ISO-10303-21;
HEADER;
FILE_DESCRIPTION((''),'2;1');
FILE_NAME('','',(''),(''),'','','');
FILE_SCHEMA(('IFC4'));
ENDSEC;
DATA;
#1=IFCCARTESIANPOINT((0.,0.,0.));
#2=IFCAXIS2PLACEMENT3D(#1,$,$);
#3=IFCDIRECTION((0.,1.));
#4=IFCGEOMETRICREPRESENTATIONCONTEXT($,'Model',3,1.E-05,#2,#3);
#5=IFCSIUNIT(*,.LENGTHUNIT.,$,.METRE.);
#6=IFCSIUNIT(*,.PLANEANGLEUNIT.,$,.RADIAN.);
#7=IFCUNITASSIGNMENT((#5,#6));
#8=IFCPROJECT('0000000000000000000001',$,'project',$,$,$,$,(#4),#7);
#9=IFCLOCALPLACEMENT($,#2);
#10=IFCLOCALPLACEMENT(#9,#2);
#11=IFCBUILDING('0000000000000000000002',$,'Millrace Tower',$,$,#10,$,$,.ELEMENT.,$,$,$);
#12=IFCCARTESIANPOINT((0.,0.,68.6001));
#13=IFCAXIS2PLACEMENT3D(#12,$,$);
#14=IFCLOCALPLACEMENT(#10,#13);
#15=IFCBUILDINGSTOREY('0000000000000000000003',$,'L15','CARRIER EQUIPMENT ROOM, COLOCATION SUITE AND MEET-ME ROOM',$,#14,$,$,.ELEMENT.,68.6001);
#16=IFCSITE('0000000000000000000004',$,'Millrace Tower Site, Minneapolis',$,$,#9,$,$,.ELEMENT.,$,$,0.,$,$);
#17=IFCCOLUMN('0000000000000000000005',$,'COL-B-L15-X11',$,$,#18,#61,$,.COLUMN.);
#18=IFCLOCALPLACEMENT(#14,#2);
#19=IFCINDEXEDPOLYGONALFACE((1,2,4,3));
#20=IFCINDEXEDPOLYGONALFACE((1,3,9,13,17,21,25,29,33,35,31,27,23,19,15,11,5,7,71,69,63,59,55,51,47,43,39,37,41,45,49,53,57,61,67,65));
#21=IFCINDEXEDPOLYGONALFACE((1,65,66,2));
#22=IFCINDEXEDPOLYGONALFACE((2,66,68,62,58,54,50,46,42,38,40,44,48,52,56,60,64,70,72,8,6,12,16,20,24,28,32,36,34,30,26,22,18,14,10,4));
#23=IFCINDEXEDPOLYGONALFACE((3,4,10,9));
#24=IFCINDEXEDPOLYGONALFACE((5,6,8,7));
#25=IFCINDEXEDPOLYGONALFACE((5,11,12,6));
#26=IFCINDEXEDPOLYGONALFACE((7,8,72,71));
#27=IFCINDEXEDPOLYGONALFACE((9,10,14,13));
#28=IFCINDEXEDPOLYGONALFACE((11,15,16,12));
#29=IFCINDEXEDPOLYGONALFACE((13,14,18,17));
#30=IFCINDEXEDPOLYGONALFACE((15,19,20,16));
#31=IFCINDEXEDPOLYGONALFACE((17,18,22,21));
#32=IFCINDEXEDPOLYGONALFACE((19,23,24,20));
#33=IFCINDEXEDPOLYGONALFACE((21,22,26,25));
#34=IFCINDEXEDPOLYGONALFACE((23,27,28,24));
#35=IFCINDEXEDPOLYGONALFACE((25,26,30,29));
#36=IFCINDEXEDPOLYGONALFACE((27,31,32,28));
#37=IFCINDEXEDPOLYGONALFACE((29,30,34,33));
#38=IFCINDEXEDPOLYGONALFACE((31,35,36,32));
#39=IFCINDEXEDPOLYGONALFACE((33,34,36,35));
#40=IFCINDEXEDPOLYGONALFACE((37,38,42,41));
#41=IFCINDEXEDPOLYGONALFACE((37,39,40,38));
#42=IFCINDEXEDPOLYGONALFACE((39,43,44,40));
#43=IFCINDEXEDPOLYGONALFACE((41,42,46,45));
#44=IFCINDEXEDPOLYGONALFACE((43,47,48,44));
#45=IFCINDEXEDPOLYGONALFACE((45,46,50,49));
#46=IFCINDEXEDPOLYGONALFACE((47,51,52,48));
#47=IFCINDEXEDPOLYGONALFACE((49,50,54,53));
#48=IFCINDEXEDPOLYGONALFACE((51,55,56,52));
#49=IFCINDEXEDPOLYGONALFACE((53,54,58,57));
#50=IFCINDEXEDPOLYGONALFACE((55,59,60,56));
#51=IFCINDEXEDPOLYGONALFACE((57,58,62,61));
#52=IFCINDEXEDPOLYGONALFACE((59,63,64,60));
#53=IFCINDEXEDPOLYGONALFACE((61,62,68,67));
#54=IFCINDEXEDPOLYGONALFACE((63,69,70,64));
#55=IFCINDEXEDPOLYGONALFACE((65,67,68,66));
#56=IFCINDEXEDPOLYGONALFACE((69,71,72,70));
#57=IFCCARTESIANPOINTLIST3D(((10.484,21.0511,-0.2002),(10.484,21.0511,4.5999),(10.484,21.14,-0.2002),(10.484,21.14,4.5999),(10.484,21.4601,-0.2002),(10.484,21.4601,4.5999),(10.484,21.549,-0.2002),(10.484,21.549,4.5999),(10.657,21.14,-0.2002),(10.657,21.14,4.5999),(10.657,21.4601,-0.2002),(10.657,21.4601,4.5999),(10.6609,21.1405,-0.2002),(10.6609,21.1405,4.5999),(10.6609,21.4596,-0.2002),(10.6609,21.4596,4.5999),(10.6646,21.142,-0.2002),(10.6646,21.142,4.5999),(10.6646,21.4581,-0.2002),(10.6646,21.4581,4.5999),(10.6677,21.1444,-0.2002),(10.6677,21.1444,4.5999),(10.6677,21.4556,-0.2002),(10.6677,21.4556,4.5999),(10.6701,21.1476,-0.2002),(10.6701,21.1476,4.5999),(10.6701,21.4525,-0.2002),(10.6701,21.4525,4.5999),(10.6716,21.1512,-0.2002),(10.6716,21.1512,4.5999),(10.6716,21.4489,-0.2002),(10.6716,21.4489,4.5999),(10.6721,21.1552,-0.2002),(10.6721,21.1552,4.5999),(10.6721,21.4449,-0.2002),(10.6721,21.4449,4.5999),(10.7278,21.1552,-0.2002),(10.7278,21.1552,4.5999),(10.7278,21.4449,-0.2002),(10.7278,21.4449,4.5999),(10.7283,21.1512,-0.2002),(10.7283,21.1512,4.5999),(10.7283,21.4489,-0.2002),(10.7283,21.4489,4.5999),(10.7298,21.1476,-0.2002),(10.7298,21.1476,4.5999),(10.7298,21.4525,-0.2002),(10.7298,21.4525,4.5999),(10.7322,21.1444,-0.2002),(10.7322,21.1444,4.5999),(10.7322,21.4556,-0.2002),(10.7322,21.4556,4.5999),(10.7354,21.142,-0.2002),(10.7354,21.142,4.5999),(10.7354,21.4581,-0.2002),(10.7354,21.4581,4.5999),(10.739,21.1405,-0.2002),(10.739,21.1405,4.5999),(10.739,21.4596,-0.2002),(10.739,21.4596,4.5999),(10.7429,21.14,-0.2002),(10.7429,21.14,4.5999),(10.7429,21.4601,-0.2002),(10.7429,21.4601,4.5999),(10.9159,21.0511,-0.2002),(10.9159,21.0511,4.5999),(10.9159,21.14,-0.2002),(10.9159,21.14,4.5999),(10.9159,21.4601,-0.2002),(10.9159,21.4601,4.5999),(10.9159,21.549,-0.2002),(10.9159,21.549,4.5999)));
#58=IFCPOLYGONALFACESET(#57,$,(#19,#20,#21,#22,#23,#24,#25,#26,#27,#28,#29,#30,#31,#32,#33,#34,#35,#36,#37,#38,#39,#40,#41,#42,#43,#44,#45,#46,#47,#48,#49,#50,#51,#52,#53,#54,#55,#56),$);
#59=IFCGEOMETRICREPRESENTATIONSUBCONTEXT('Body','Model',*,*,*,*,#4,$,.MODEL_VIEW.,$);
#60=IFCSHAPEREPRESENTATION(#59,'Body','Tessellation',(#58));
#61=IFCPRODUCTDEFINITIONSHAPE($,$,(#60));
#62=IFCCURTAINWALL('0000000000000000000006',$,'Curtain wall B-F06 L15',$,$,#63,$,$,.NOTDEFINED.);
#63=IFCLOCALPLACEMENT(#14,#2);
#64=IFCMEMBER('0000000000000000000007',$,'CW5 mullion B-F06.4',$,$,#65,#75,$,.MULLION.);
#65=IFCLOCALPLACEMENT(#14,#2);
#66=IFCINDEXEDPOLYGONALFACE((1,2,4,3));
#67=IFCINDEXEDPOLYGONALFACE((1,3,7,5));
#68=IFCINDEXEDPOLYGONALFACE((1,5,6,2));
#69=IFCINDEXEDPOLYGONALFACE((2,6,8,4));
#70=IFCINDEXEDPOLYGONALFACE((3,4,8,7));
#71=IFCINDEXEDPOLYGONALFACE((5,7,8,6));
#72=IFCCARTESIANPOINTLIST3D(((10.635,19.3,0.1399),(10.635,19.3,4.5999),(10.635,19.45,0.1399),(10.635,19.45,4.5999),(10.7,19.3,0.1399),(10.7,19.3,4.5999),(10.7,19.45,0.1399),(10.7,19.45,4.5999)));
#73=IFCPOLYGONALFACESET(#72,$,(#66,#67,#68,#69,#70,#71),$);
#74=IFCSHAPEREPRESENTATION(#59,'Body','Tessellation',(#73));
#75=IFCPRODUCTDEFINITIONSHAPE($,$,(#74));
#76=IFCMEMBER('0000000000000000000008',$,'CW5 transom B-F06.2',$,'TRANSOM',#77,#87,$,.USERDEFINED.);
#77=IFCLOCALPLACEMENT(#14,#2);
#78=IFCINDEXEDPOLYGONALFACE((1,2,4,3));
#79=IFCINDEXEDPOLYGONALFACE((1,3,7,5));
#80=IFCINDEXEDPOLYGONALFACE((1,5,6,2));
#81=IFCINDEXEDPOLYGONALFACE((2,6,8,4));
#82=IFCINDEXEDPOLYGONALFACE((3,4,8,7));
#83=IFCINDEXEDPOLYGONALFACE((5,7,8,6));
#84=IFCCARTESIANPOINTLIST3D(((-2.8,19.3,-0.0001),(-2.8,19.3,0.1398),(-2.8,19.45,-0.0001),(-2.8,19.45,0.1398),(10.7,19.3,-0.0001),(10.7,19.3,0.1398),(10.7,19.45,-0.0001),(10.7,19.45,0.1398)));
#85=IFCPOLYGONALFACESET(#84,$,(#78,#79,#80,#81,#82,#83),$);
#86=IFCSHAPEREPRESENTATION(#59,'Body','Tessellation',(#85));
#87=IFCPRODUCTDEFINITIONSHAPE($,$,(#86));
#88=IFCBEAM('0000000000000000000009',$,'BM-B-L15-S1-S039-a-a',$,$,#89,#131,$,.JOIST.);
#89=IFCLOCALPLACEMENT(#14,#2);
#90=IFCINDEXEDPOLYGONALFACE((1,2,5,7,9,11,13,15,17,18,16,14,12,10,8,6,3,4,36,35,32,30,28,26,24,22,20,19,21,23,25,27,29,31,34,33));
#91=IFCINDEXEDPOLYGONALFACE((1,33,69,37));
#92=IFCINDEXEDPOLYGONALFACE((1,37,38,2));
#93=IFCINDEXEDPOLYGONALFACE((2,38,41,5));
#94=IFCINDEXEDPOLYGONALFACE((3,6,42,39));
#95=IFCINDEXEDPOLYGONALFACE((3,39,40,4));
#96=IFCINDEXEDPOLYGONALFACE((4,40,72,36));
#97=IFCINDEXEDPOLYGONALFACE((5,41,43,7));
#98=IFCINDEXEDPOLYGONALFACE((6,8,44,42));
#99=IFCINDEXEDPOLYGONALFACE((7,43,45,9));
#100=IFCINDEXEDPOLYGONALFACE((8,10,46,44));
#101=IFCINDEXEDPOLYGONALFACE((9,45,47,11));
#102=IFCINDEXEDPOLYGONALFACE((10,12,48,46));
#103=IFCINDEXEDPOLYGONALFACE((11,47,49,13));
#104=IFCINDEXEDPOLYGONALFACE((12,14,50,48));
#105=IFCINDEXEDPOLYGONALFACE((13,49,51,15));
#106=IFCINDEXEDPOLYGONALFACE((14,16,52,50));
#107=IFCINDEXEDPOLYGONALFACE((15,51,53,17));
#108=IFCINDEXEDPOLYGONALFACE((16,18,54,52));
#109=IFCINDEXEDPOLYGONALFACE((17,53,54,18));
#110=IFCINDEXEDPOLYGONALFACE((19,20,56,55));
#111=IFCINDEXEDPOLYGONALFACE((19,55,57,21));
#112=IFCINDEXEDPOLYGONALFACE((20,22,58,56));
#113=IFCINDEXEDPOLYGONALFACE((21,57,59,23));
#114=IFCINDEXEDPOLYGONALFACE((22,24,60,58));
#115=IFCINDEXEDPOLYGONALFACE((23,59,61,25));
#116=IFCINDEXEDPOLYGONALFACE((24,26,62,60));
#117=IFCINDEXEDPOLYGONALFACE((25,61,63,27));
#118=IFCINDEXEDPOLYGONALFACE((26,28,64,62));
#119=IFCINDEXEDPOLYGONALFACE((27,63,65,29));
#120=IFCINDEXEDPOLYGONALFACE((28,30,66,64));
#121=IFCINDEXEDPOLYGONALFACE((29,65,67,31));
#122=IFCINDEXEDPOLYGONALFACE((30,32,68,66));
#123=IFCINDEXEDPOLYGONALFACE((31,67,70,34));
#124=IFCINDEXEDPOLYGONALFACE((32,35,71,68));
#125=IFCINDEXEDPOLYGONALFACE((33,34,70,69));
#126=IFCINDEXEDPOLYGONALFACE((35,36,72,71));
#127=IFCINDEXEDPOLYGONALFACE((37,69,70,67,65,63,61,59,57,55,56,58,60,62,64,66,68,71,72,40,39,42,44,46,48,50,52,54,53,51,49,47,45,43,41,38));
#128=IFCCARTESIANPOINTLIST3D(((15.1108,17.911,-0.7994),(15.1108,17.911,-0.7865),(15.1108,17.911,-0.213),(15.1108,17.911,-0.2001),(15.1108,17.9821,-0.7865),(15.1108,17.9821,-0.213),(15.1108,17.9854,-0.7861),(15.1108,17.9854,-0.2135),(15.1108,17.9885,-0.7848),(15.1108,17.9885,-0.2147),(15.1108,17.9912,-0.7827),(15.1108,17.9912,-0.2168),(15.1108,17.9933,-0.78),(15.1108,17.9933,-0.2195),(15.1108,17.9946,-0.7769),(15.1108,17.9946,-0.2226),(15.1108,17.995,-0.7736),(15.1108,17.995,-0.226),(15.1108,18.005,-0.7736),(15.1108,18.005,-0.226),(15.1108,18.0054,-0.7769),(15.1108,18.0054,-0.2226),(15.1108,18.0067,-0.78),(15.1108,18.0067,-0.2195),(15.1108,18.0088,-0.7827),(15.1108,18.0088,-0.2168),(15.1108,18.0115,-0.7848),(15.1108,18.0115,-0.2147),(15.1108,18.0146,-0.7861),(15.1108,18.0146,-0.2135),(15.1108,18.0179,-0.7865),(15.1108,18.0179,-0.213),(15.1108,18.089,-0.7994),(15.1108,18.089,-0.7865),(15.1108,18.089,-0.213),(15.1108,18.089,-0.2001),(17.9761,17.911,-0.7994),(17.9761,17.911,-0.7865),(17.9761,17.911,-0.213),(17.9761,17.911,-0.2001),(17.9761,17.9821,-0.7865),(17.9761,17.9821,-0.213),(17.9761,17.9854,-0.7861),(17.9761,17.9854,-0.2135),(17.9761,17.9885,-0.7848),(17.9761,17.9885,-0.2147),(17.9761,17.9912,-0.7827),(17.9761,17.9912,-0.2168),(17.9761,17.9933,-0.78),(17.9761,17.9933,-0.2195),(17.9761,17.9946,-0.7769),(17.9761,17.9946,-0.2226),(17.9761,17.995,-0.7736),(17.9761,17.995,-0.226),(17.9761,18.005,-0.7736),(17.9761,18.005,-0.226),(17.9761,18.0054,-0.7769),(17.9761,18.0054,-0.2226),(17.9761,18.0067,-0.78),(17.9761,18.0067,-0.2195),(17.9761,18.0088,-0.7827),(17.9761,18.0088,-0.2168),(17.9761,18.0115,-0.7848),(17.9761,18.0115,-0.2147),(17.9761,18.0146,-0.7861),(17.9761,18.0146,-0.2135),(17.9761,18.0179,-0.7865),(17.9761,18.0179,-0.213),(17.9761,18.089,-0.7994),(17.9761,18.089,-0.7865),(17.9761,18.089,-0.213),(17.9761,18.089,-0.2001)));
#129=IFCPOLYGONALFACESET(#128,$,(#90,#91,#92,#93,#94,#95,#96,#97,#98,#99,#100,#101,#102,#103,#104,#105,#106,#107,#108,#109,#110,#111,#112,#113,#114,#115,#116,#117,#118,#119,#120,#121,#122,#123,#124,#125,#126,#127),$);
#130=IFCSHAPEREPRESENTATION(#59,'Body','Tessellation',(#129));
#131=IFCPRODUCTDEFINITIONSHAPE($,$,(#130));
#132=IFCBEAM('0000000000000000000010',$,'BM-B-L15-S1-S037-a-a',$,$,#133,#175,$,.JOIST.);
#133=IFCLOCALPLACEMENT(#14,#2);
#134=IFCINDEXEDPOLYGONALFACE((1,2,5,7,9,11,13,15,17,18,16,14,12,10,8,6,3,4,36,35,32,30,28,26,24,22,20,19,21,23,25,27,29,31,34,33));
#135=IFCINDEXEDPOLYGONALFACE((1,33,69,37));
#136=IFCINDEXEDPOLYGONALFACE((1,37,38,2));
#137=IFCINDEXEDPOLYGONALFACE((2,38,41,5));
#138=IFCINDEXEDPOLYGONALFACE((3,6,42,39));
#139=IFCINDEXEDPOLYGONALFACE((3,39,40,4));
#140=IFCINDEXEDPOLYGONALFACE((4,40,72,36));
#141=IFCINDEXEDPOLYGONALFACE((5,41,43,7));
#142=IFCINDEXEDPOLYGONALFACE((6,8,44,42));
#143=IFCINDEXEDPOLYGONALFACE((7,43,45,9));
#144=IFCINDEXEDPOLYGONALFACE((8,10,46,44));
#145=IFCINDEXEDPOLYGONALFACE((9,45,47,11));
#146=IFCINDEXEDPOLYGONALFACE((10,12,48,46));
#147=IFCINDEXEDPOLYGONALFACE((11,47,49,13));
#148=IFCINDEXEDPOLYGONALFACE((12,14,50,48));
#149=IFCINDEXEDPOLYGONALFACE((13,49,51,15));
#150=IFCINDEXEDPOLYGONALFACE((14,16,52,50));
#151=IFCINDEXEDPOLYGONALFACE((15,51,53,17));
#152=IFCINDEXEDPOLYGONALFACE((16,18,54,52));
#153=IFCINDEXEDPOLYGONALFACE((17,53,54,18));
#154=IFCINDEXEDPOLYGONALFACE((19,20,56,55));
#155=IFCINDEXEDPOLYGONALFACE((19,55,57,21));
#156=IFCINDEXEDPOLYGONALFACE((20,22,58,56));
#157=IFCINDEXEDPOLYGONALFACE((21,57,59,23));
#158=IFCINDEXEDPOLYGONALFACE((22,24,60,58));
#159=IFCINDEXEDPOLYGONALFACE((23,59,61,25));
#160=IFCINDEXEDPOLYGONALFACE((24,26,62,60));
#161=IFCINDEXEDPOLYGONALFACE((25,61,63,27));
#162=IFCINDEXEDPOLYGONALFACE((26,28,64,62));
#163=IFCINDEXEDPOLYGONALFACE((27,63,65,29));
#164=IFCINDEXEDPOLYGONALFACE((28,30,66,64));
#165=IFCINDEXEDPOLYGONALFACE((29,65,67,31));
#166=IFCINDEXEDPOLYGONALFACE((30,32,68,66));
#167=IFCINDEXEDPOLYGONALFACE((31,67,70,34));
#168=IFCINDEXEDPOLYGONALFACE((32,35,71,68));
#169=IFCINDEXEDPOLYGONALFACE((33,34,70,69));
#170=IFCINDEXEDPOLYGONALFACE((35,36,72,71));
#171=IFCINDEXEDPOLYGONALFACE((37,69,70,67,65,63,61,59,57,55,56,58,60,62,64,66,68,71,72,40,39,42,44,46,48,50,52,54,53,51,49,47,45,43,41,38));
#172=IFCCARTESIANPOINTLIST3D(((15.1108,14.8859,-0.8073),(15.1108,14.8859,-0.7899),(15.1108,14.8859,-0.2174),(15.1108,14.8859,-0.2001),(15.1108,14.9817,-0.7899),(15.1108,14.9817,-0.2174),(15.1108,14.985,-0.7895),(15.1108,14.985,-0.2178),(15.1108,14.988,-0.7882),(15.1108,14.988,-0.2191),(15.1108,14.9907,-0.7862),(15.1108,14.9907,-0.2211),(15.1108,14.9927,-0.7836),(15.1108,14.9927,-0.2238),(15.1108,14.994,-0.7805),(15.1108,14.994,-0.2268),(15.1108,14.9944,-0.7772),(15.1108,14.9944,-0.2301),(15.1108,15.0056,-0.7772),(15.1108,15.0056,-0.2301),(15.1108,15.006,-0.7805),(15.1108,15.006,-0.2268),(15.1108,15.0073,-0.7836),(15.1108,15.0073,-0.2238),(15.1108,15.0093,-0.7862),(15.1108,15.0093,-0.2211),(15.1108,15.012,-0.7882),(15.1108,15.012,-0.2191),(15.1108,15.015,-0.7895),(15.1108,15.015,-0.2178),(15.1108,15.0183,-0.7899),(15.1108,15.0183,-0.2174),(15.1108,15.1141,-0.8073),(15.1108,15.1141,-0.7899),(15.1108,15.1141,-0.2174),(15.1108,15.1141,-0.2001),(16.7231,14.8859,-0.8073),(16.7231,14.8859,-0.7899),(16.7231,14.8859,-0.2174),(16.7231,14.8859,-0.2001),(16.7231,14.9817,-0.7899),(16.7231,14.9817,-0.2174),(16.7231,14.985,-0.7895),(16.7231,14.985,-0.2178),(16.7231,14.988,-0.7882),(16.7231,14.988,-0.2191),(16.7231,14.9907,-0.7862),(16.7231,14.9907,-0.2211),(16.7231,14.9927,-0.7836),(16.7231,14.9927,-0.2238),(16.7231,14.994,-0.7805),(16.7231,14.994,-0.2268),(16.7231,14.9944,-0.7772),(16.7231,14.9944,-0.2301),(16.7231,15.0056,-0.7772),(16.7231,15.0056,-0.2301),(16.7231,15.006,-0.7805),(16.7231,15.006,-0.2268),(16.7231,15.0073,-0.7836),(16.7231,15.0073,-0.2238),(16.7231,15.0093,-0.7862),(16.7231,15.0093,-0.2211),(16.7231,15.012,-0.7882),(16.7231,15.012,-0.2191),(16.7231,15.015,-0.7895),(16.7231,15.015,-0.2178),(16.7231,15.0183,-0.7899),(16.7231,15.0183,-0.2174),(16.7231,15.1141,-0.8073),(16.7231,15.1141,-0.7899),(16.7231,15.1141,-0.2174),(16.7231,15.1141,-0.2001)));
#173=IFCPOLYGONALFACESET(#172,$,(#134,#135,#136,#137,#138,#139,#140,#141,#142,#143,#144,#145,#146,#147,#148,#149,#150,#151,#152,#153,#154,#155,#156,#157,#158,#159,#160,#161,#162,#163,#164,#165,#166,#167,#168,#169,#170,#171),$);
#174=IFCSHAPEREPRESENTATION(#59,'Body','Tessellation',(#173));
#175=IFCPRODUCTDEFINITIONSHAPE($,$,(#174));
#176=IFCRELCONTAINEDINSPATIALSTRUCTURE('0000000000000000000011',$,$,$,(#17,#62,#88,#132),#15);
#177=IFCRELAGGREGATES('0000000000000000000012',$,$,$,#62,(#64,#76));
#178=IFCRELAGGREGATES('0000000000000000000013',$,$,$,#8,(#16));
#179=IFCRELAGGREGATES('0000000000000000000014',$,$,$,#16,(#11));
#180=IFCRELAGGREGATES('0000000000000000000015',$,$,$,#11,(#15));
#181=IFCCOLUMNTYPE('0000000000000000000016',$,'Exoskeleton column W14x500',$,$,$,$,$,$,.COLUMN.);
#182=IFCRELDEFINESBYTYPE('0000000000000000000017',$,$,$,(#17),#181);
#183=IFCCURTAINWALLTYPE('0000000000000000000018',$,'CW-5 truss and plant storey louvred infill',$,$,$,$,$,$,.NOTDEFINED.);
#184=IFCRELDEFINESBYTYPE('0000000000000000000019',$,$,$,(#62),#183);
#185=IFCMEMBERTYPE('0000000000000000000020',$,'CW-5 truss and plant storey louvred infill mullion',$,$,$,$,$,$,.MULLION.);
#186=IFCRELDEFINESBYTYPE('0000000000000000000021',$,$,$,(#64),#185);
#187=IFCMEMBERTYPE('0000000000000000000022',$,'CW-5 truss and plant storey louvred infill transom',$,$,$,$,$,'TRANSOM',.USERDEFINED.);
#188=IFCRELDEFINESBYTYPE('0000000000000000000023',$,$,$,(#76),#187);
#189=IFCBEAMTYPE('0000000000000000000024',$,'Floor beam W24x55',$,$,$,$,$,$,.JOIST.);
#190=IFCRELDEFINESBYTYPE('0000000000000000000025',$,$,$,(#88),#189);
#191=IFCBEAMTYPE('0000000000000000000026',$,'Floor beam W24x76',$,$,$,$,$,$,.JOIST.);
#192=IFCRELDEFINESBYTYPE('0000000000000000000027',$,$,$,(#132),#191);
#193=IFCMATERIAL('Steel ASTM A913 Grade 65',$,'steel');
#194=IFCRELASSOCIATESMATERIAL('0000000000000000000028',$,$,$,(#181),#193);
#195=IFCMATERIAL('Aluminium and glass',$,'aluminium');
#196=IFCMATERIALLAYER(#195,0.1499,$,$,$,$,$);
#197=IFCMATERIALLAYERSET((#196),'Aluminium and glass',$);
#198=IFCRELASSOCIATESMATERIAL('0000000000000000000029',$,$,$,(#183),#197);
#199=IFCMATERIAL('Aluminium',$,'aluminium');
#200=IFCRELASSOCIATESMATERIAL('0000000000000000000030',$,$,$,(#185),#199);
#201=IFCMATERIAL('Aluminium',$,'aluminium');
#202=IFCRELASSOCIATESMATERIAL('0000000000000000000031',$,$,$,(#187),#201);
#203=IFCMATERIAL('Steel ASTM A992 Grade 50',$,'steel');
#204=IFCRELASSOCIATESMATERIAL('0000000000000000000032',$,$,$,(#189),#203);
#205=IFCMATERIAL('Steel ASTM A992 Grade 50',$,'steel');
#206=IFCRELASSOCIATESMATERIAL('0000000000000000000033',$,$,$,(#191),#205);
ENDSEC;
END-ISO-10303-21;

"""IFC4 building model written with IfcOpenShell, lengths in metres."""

from ifc_helpers import new_model, si_unit, direction, frame, origin, origin_2d, place, context, subcontext, project, spatial, rectangle, i_section, extrude, material, layer, layer_set, material_profile, profile_set, type_object, element, aggregate, save


model = new_model("IFC4")

# Units and contexts
model_context = context("Model", 3, precision=1e-05, world=origin(), true_north=direction((0.0, 1.0)))
body_context = subcontext(model_context, "Body", "Model", "MODEL_VIEW")
ifc_project = project(units=[si_unit("LENGTHUNIT", "METRE"), si_unit("PLANEANGLEUNIT", "RADIAN")], contexts=[model_context])

# Site, building, storey
site_placement = place(None, origin())
site = spatial("IfcSite", under=ifc_project, at=site_placement, Name="Millrace Tower Site, Minneapolis", CompositionType="ELEMENT", RefElevation=0.0)
building_placement = place(site_placement, origin())
building = spatial("IfcBuilding", under=site, at=building_placement, Name="Millrace Tower", CompositionType="ELEMENT")
storey_placement = place(building_placement, frame((0.0, 0.0, 68.6001)))
storey = spatial("IfcBuildingStorey", under=building, at=storey_placement, Name="L15", Description="CARRIER EQUIPMENT ROOM, COLOCATION SUITE AND MEET-ME ROOM", CompositionType="ELEMENT", Elevation=68.6001)

# Column
ifc_material_1 = material(Name="Steel ASTM A913 Grade 65", Category="steel")
ifc_material_profile_1 = material_profile(ifc_material_1, i_section(OverallWidth=0.4319, OverallDepth=0.4978, WebThickness=0.0557, FlangeThickness=0.0889, FilletRadius=0.0151, at=origin_2d()))
ifc_profile_set_1 = profile_set([ifc_material_profile_1], Name="Steel ASTM A913 Grade 65")
column_type = type_object("IfcColumnType", Name="Exoskeleton column W14x500", PredefinedType="COLUMN", material=ifc_profile_set_1)
column_placement = place(storey_placement, frame((10.7, 21.3, -0.2002), z_axis=(0.0, 0.0, 1.0), x_axis=(-1.0, 0.0, 0.0)))
element("IfcColumn", 1, at=column_placement, inside=storey, type_object=column_type, Name="COL-B-L15-X11", PredefinedType="COLUMN", context=body_context, shape_type="SweptSolid", body=[
    extrude(i_section(OverallWidth=0.4319, OverallDepth=0.4978, WebThickness=0.0557, FlangeThickness=0.0889, FilletRadius=0.0151, at=origin_2d()), origin(), (0.0, 0.0, 1.0), 4.8),
])

# Curtain wall, members
ifc_material_2 = material(Name="Aluminium and glass", Category="aluminium")
ifc_layer_1 = layer(ifc_material_2, 0.1499)
ifc_layer_set_1 = layer_set([ifc_layer_1], Name="Aluminium and glass")
curtain_wall_type = type_object("IfcCurtainWallType", Name="CW-5 truss and plant storey louvred infill", PredefinedType="NOTDEFINED", material=ifc_layer_set_1)
curtain_wall_placement = place(storey_placement, origin())
curtain_wall = element("IfcCurtainWall", 2, at=curtain_wall_placement, inside=storey, type_object=curtain_wall_type, Name="Curtain wall B-F06 L15", PredefinedType="NOTDEFINED")
ifc_material_3 = material(Name="Aluminium", Category="aluminium")
ifc_material_profile_2 = material_profile(ifc_material_3, rectangle(XDim=0.0649, YDim=0.1499, at=origin_2d()))
ifc_profile_set_2 = profile_set([ifc_material_profile_2], Name="Aluminium")
member_type_1 = type_object("IfcMemberType", Name="CW-5 truss and plant storey louvred infill mullion", PredefinedType="MULLION", material=ifc_profile_set_2)
member_1_placement = place(storey_placement, frame((10.6675, 19.375, 0.1399), z_axis=(0.0, 0.0, 1.0), x_axis=(-1.0, 0.0, 0.0)))
member_1 = element("IfcMember", 3, at=member_1_placement, type_object=member_type_1, Name="CW5 mullion B-F06.4", PredefinedType="MULLION", context=body_context, shape_type="SweptSolid", body=[
    extrude(rectangle(XDim=0.0649, YDim=0.1499, at=origin_2d()), origin(), (0.0, 0.0, 1.0), 4.46),
])
ifc_material_4 = material(Name="Aluminium", Category="aluminium")
ifc_material_profile_3 = material_profile(ifc_material_4, rectangle(XDim=0.1499, YDim=0.1399, at=origin_2d()))
ifc_profile_set_3 = profile_set([ifc_material_profile_3], Name="Aluminium")
member_type_2 = type_object("IfcMemberType", Name="CW-5 truss and plant storey louvred infill transom", ElementType="TRANSOM", PredefinedType="USERDEFINED", material=ifc_profile_set_3)
member_2_placement = place(storey_placement, frame((10.7, 19.375, 0.0698), z_axis=(-1.0, 0.0, 0.0), x_axis=(0.0, -1.0, 0.0)))
member_2 = element("IfcMember", 4, at=member_2_placement, type_object=member_type_2, Name="CW5 transom B-F06.2", ObjectType="TRANSOM", PredefinedType="USERDEFINED", context=body_context, shape_type="SweptSolid", body=[
    extrude(rectangle(XDim=0.1499, YDim=0.1399, at=origin_2d()), origin(), (0.0, 0.0, 1.0), 13.5),
])
aggregate(curtain_wall, [member_1, member_2])

# Beams
ifc_material_5 = material(Name="Steel ASTM A992 Grade 50", Category="steel")
ifc_material_profile_4 = material_profile(ifc_material_5, i_section(OverallWidth=0.178, OverallDepth=0.5994, WebThickness=0.01, FlangeThickness=0.0129, FilletRadius=0.0129, at=origin_2d()))
ifc_profile_set_4 = profile_set([ifc_material_profile_4], Name="Steel ASTM A992 Grade 50")
beam_type_1 = type_object("IfcBeamType", Name="Floor beam W24x55", PredefinedType="JOIST", material=ifc_profile_set_4)
beam_1_placement = place(storey_placement, frame((15.1108, 18.0, -0.4998), z_axis=(1.0, 0.0, 0.0), x_axis=(0.0, 1.0, 0.0)))
element("IfcBeam", 5, at=beam_1_placement, inside=storey, type_object=beam_type_1, Name="BM-B-L15-S1-S039-a-a", PredefinedType="JOIST", context=body_context, shape_type="SweptSolid", body=[
    extrude(i_section(OverallWidth=0.178, OverallDepth=0.5994, WebThickness=0.01, FlangeThickness=0.0129, FilletRadius=0.0129, at=origin_2d()), origin(), (0.0, 0.0, 1.0), 2.8652),
])
ifc_material_6 = material(Name="Steel ASTM A992 Grade 50", Category="steel")
ifc_material_profile_5 = material_profile(ifc_material_6, i_section(OverallWidth=0.2283, OverallDepth=0.6072, WebThickness=0.0112, FlangeThickness=0.0173, FilletRadius=0.0127, at=origin_2d()))
ifc_profile_set_5 = profile_set([ifc_material_profile_5], Name="Steel ASTM A992 Grade 50")
beam_type_2 = type_object("IfcBeamType", Name="Floor beam W24x76", PredefinedType="JOIST", material=ifc_profile_set_5)
beam_2_placement = place(storey_placement, frame((15.1108, 15.0, -0.5037), z_axis=(1.0, 0.0, 0.0), x_axis=(0.0, 1.0, 0.0)))
element("IfcBeam", 6, at=beam_2_placement, inside=storey, type_object=beam_type_2, Name="BM-B-L15-S1-S037-a-a", PredefinedType="JOIST", context=body_context, shape_type="SweptSolid", body=[
    extrude(i_section(OverallWidth=0.2283, OverallDepth=0.6072, WebThickness=0.0112, FlangeThickness=0.0173, FilletRadius=0.0127, at=origin_2d()), origin(), (0.0, 0.0, 1.0), 1.6123),
])

save(model, "model.ifc")
